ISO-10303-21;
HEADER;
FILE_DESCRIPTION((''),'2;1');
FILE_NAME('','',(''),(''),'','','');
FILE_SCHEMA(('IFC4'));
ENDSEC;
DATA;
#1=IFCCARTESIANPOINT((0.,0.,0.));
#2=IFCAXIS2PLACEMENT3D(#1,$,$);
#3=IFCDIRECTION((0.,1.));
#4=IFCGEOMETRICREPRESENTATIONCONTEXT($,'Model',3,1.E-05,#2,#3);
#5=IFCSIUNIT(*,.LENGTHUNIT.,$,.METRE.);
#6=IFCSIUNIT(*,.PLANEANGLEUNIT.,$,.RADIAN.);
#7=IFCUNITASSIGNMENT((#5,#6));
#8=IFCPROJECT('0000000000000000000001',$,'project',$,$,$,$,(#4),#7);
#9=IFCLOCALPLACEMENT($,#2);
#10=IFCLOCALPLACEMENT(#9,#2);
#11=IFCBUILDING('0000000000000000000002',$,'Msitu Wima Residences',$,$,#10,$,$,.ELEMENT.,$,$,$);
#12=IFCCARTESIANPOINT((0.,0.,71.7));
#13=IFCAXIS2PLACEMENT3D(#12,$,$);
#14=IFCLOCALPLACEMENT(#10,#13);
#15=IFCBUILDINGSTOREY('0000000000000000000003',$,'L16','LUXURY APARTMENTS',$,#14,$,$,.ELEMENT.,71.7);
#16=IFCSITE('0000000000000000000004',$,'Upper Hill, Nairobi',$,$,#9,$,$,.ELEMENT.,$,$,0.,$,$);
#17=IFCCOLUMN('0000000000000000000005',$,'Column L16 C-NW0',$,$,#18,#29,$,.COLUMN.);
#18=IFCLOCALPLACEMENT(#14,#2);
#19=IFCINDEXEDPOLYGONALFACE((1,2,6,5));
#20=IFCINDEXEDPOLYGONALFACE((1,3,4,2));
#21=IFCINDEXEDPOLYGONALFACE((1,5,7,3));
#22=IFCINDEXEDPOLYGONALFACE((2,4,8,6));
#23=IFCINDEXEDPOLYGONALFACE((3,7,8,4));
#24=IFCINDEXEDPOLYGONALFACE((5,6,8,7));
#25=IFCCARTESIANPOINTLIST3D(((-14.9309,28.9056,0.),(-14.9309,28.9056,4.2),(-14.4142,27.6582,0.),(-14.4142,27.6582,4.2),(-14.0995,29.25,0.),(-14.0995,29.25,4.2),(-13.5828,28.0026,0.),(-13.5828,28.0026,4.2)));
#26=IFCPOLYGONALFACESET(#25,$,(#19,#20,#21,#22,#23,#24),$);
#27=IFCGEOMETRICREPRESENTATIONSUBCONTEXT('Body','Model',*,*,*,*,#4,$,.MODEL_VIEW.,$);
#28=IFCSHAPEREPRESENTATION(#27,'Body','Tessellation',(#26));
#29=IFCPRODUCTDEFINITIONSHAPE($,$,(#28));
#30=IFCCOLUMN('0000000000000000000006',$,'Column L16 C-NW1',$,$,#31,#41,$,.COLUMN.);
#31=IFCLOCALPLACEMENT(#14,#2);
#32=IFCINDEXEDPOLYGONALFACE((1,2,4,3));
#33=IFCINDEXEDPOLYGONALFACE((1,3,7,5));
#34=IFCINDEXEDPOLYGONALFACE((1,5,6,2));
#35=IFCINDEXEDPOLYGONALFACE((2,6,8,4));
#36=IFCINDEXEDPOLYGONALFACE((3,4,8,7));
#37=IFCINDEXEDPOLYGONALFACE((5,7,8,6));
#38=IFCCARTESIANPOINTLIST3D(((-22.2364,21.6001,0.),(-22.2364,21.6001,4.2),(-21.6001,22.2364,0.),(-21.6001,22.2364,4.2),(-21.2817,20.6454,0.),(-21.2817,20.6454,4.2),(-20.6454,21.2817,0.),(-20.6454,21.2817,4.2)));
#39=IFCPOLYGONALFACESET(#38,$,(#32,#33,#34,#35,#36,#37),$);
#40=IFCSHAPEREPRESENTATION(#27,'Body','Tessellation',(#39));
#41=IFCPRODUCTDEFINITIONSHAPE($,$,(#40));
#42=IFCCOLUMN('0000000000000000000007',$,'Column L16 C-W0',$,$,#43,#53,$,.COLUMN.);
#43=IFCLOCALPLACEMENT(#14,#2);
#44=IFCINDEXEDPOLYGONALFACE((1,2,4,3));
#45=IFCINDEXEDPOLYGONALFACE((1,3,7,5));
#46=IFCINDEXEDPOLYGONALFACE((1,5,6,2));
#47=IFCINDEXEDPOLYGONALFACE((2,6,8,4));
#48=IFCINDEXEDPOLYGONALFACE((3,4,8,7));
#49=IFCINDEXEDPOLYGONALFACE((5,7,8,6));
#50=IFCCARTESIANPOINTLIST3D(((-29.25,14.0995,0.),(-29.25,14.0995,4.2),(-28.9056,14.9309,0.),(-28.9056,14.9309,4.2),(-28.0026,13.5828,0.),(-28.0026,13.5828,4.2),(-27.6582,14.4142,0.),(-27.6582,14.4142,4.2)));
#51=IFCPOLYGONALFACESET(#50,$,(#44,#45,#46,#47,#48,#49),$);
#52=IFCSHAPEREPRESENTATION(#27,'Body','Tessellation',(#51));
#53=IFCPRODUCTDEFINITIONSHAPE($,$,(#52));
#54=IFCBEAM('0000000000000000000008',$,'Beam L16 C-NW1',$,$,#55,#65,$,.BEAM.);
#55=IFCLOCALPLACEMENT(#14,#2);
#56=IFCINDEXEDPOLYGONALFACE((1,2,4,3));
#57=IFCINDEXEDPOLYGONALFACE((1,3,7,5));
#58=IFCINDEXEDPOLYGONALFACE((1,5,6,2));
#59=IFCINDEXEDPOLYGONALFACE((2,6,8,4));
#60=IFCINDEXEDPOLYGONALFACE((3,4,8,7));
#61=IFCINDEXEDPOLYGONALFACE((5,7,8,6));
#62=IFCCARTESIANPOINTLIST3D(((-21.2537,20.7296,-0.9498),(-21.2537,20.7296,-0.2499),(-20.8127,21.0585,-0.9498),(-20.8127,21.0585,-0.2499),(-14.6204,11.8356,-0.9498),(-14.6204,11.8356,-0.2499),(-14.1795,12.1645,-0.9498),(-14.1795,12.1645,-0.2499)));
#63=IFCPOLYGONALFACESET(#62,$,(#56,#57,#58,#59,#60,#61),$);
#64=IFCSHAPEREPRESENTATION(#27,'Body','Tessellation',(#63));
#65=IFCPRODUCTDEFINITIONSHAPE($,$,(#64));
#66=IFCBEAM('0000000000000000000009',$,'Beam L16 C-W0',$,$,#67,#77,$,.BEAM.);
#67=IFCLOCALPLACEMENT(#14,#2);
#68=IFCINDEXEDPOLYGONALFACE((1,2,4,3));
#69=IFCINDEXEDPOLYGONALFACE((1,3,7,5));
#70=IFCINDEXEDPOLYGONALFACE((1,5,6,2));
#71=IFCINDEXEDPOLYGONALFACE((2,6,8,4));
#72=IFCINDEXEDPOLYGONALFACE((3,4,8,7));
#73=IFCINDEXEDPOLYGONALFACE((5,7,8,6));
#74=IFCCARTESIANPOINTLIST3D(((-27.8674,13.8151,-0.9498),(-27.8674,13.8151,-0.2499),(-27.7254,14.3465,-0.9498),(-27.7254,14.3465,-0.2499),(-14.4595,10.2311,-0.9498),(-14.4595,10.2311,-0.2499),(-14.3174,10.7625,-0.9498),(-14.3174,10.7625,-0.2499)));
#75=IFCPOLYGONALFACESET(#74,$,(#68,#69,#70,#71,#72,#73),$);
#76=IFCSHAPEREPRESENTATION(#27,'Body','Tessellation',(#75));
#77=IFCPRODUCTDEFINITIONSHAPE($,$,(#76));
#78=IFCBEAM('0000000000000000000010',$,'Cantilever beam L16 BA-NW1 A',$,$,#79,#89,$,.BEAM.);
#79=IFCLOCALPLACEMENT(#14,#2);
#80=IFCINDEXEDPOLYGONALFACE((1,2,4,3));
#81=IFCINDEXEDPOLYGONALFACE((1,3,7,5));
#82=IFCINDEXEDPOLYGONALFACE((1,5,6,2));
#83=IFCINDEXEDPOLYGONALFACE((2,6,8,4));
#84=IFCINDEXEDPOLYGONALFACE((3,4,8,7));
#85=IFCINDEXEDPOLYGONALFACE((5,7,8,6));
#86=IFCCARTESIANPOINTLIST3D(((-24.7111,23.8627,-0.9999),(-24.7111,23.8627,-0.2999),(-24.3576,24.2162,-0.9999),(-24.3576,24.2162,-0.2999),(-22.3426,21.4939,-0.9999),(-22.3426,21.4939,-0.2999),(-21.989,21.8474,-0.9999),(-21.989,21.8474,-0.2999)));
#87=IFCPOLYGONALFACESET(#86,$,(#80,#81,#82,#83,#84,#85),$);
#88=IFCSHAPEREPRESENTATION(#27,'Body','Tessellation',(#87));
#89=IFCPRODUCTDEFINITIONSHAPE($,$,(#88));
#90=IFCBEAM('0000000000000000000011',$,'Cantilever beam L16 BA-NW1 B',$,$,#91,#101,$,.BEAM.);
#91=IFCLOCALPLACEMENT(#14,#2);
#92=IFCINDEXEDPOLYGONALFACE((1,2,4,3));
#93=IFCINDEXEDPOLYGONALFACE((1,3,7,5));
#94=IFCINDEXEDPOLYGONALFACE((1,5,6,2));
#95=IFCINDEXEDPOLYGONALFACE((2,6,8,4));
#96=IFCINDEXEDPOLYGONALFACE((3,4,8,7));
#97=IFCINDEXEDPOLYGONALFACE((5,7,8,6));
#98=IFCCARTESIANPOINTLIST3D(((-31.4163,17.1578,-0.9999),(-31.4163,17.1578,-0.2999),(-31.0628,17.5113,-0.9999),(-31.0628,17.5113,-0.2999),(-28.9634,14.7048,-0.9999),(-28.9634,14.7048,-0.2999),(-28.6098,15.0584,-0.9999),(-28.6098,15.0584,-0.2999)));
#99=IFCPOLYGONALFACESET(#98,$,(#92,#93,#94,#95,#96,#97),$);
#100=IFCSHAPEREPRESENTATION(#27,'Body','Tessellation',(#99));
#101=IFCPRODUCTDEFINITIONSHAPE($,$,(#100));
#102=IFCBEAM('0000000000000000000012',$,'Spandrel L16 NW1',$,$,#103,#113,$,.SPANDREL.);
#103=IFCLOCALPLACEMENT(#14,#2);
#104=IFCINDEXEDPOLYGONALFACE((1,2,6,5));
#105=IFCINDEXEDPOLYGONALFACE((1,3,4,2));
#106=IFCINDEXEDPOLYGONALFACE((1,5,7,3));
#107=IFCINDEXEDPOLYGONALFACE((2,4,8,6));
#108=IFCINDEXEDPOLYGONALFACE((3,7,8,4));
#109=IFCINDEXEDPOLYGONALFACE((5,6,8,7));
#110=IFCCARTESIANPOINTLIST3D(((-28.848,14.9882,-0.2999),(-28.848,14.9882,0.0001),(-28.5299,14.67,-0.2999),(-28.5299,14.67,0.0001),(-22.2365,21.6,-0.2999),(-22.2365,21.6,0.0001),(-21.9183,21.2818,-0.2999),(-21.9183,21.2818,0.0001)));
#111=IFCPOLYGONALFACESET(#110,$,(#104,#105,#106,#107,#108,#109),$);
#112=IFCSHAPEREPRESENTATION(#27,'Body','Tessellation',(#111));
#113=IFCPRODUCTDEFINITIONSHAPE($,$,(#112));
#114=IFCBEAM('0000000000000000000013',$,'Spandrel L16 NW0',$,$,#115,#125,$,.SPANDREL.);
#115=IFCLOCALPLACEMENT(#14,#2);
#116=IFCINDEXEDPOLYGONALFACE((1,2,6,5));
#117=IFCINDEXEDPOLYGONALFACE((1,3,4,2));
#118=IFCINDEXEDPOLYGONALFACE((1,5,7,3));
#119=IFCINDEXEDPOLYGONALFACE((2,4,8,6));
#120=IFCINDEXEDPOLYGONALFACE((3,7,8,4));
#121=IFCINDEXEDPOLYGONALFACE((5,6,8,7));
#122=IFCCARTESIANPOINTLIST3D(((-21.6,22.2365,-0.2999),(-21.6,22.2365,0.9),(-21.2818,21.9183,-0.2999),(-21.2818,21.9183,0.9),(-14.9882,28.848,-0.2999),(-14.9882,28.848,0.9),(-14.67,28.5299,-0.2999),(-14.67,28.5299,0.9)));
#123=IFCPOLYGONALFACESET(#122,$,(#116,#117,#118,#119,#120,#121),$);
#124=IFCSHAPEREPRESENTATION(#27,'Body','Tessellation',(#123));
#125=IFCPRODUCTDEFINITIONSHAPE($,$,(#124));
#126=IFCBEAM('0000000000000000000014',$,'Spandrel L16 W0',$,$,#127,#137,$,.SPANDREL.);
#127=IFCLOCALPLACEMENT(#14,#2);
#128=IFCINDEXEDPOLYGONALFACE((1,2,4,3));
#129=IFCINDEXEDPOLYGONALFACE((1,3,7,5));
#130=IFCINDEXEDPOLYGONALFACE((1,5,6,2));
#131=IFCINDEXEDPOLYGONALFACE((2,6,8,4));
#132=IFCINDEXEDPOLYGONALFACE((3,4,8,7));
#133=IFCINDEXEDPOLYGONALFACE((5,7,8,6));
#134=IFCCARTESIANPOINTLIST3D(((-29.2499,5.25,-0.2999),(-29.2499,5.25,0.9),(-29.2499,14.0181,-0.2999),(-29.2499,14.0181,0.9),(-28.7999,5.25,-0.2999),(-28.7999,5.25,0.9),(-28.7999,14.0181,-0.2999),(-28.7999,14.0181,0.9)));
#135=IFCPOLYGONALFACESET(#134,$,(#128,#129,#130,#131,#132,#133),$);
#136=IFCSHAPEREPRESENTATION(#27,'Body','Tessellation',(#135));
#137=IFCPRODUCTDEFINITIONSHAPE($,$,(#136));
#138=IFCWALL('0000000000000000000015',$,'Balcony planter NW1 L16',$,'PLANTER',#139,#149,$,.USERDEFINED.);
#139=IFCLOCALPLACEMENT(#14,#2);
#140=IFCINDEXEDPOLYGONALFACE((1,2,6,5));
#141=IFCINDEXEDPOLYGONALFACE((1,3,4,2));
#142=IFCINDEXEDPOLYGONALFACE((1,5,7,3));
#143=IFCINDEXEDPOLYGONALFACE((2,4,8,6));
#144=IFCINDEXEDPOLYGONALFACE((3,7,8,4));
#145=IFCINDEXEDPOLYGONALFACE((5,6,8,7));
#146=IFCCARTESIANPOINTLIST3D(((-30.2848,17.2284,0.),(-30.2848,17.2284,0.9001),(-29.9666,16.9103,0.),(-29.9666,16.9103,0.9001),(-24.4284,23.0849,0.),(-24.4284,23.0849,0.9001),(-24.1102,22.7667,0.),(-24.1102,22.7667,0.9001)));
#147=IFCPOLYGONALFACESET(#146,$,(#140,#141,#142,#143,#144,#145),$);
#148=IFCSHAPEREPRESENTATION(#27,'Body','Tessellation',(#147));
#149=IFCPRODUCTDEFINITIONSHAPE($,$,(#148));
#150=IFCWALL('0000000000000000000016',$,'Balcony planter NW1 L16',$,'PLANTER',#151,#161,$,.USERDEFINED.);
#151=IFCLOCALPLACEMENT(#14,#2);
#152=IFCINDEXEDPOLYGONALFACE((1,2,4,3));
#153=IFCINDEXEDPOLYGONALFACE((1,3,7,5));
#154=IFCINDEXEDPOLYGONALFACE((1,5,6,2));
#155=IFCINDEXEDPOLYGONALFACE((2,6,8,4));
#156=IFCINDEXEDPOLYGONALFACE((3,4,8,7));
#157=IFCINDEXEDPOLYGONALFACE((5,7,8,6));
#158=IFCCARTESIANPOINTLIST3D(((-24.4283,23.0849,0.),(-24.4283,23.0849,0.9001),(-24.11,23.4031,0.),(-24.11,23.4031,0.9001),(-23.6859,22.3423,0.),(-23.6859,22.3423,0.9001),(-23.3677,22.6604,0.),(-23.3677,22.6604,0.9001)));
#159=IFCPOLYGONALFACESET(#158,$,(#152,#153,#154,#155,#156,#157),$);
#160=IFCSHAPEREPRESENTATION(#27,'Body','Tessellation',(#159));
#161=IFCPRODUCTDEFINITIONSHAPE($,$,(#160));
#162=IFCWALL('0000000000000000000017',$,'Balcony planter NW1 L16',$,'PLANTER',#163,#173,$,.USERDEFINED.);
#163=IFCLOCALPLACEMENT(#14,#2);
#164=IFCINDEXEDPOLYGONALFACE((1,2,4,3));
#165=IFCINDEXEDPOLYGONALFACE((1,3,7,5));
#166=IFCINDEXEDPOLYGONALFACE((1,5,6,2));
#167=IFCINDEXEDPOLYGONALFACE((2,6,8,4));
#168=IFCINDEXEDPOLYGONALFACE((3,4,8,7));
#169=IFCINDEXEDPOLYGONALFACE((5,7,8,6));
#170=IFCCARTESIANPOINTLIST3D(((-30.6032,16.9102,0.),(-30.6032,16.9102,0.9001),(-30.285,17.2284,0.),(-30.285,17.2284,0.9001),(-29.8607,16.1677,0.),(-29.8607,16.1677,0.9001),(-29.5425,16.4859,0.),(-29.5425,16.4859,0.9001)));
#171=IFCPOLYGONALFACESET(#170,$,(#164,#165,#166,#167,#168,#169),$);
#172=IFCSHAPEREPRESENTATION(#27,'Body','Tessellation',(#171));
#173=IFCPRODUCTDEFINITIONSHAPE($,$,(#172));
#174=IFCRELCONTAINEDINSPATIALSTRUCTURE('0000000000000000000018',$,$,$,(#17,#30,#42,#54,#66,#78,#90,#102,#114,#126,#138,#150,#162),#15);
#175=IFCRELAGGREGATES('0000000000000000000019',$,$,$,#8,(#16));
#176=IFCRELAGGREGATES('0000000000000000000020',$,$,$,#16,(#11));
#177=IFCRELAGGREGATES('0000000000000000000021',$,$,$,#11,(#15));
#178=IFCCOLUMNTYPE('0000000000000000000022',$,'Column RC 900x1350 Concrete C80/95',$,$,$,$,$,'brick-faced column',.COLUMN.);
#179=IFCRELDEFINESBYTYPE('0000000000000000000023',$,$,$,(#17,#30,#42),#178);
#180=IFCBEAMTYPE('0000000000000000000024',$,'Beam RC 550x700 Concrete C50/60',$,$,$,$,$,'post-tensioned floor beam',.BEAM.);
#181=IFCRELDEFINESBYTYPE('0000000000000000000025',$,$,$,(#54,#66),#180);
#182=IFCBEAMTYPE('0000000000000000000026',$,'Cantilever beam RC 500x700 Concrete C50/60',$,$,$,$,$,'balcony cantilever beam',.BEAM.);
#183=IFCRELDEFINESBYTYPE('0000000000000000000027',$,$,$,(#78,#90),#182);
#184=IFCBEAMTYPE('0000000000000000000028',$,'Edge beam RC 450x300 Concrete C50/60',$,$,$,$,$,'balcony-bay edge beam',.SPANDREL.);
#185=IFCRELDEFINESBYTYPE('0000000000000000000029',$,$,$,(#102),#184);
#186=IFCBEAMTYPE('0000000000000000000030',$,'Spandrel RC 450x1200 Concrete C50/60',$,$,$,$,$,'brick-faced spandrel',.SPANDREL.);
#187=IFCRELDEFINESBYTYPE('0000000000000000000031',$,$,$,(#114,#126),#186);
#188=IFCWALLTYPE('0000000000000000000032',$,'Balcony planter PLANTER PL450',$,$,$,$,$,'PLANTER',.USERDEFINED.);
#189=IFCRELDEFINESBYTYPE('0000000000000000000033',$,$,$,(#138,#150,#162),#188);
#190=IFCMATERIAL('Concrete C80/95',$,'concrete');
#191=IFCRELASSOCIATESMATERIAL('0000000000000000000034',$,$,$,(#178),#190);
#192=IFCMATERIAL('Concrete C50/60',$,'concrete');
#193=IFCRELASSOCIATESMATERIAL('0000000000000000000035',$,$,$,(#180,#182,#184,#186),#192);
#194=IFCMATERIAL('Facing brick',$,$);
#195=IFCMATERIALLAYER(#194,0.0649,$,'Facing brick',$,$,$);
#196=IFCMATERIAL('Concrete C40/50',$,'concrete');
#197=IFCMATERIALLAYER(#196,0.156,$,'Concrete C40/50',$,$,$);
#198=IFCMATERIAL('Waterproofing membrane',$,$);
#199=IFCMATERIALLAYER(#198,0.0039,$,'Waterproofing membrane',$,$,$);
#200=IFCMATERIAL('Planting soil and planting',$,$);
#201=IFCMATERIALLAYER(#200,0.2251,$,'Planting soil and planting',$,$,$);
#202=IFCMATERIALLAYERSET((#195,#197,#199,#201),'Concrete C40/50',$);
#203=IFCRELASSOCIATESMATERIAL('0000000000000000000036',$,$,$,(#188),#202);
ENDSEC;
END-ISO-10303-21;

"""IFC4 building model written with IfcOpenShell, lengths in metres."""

from ifc_helpers import new_model, si_unit, direction, frame, frame_2d, origin, origin_2d, place, context, subcontext, project, spatial, rectangle, extrude, material, layer, layer_set, material_profile, profile_set, type_object, element, save


model = new_model("IFC4")

# Units and contexts
model_context = context("Model", 3, precision=1e-05, world=origin(), true_north=direction((0.0, 1.0)))
body_context = subcontext(model_context, "Body", "Model", "MODEL_VIEW")
ifc_project = project(units=[si_unit("LENGTHUNIT", "METRE"), si_unit("PLANEANGLEUNIT", "RADIAN")], contexts=[model_context])

# Site, building, storey
site_placement = place(None, origin())
site = spatial("IfcSite", under=ifc_project, at=site_placement, Name="Upper Hill, Nairobi", CompositionType="ELEMENT", RefElevation=0.0)
building_placement = place(site_placement, origin())
building = spatial("IfcBuilding", under=site, at=building_placement, Name="Msitu Wima Residences", CompositionType="ELEMENT")
storey_placement = place(building_placement, frame((0.0, 0.0, 71.7)))
storey = spatial("IfcBuildingStorey", under=building, at=storey_placement, Name="L16", Description="LUXURY APARTMENTS", CompositionType="ELEMENT", Elevation=71.7)

# Columns
ifc_material_1 = material(Name="Concrete C80/95", Category="concrete")
ifc_material_profile_1 = material_profile(ifc_material_1, rectangle(XDim=0.8999, YDim=1.3501, at=origin_2d()), Name="RC 900x1350")
ifc_profile_set_1 = profile_set([ifc_material_profile_1], Name="Concrete C80/95")
column_type = type_object("IfcColumnType", Name="Column RC 900x1350 Concrete C80/95", ElementType="brick-faced column", PredefinedType="COLUMN", material=ifc_profile_set_1)
for number, where, z_axis, x_axis, name in (
    (1, (-14.2568, 28.4541, 0.0), (0.0, 0.0, 1.0), (-0.92388, -0.382683, 0.0), "Column L16 C-NW0"),
    (2, (-21.4409, 21.4409, 0.0), (0.0, 0.0, 1.0), (-0.707107, -0.707107, 0.0), "Column L16 C-NW1"),
    (3, (-28.4541, 14.2568, 0.0), (0.0, 0.0, 1.0), (-0.382683, -0.92388, 0.0), "Column L16 C-W0"),
):
    element("IfcColumn", number, at=place(storey_placement, frame(where, z_axis=z_axis, x_axis=x_axis)), inside=storey, type_object=column_type, Name=name, PredefinedType="COLUMN", context=body_context, shape_type="SweptSolid", body=[
        extrude(rectangle(XDim=0.8999, YDim=1.3501, at=origin_2d()), origin(), (0.0, 0.0, 1.0), 4.2),
    ])

# Beams
ifc_material_2 = material(Name="Concrete C50/60", Category="concrete")
ifc_material_profile_2 = material_profile(ifc_material_2, rectangle(XDim=0.55, YDim=0.7, at=origin_2d()), Name="RC 550x700")
ifc_profile_set_2 = profile_set([ifc_material_profile_2], Name="Concrete C50/60")
beam_type_1 = type_object("IfcBeamType", Name="Beam RC 550x700 Concrete C50/60", ElementType="post-tensioned floor beam", PredefinedType="BEAM", material=ifc_profile_set_2)
beam_1_placement = place(storey_placement, frame((-21.0332, 20.894, -0.5999), z_axis=(0.59785, -0.801608, 0.0), x_axis=(0.801608, 0.59785, 0.0)))
element("IfcBeam", 4, at=beam_1_placement, inside=storey, type_object=beam_type_1, Name="Beam L16 C-NW1", PredefinedType="BEAM", context=body_context, shape_type="SweptSolid", body=[
    extrude(rectangle(XDim=0.55, YDim=0.7, at=origin_2d()), origin(), (0.0, 0.0, 1.0), 11.0952),
])
beam_2_placement = place(storey_placement, frame((-27.7964, 14.0808, -0.5999), z_axis=(0.966082, -0.258236, 0.0), x_axis=(0.258236, 0.966082, 0.0)))
element("IfcBeam", 5, at=beam_2_placement, inside=storey, type_object=beam_type_1, Name="Beam L16 C-W0", PredefinedType="BEAM", context=body_context, shape_type="SweptSolid", body=[
    extrude(rectangle(XDim=0.55, YDim=0.7, at=origin_2d()), origin(), (0.0, 0.0, 1.0), 13.8787),
])
ifc_material_profile_3 = material_profile(ifc_material_2, rectangle(XDim=0.5, YDim=0.7, at=origin_2d()), Name="RC 500x700")
ifc_profile_set_3 = profile_set([ifc_material_profile_3], Name="Concrete C50/60")
beam_type_2 = type_object("IfcBeamType", Name="Cantilever beam RC 500x700 Concrete C50/60", ElementType="balcony cantilever beam", PredefinedType="BEAM", material=ifc_profile_set_3)
beam_3_placement = place(storey_placement, frame((-22.1658, 21.6707, -0.6499), z_axis=(-0.70707, 0.707143, 0.0), x_axis=(-0.707143, -0.70707, 0.0)))
element("IfcBeam", 6, at=beam_3_placement, inside=storey, type_object=beam_type_2, Name="Cantilever beam L16 BA-NW1 A", PredefinedType="BEAM", context=body_context, shape_type="SweptSolid", body=[
    extrude(rectangle(XDim=0.5, YDim=0.7, at=origin_2d()), origin(), (0.0, 0.0, 1.0), 3.3499),
])
beam_4_placement = place(storey_placement, frame((-28.7866, 14.8816, -0.6499), z_axis=(-0.707107, 0.707107, 0.0), x_axis=(-0.707107, -0.707107, 0.0)))
element("IfcBeam", 7, at=beam_4_placement, inside=storey, type_object=beam_type_2, Name="Cantilever beam L16 BA-NW1 B", PredefinedType="BEAM", context=body_context, shape_type="SweptSolid", body=[
    extrude(rectangle(XDim=0.5, YDim=0.7, at=origin_2d()), origin(), (0.0, 0.0, 1.0), 3.469),
])
ifc_material_profile_4 = material_profile(ifc_material_2, rectangle(XDim=0.45, YDim=0.3, at=origin_2d()), Name="RC 450x300")
ifc_profile_set_4 = profile_set([ifc_material_profile_4], Name="Concrete C50/60")
beam_type_3 = type_object("IfcBeamType", Name="Edge beam RC 450x300 Concrete C50/60", ElementType="balcony-bay edge beam", PredefinedType="SPANDREL", material=ifc_profile_set_4)
beam_5_placement = place(storey_placement, frame((-22.0774, 21.4409, -0.1499), z_axis=(-0.707094, -0.70712, 0.0), x_axis=(0.70712, -0.707094, 0.0)))
element("IfcBeam", 8, at=beam_5_placement, inside=storey, type_object=beam_type_3, Name="Spandrel L16 NW1", PredefinedType="SPANDREL", context=body_context, shape_type="SweptSolid", body=[
    extrude(rectangle(XDim=0.45, YDim=0.3, at=origin_2d()), origin(), (0.0, 0.0, 1.0), 9.3503),
])
ifc_material_profile_5 = material_profile(ifc_material_2, rectangle(XDim=0.45, YDim=1.2, at=origin_2d()), Name="RC 450x1200")
ifc_profile_set_5 = profile_set([ifc_material_profile_5], Name="Concrete C50/60")
beam_type_4 = type_object("IfcBeamType", Name="Spandrel RC 450x1200 Concrete C50/60", ElementType="brick-faced spandrel", PredefinedType="SPANDREL", material=ifc_profile_set_5)
beam_6_placement = place(storey_placement, frame((-14.8291, 28.689, 0.3), z_axis=(-0.70712, -0.707094, 0.0), x_axis=(0.707094, -0.70712, 0.0)))
element("IfcBeam", 9, at=beam_6_placement, inside=storey, type_object=beam_type_4, Name="Spandrel L16 NW0", PredefinedType="SPANDREL", context=body_context, shape_type="SweptSolid", body=[
    extrude(rectangle(XDim=0.45, YDim=1.2, at=origin_2d()), origin(), (0.0, 0.0, 1.0), 9.3503),
])
beam_7_placement = place(storey_placement, frame((-29.0249, 14.0181, 0.3), z_axis=(0.0, -1.0, 0.0), x_axis=(1.0, 0.0, 0.0)))
element("IfcBeam", 10, at=beam_7_placement, inside=storey, type_object=beam_type_4, Name="Spandrel L16 W0", PredefinedType="SPANDREL", context=body_context, shape_type="SweptSolid", body=[
    extrude(rectangle(XDim=0.45, YDim=1.2, at=origin_2d()), origin(), (0.0, 0.0, 1.0), 8.7681),
])

# Walls
ifc_material_3 = material(Name="Facing brick")
ifc_layer_1 = layer(ifc_material_3, 0.0649, Name="Facing brick")
ifc_material_4 = material(Name="Concrete C40/50", Category="concrete")
ifc_layer_2 = layer(ifc_material_4, 0.156, Name="Concrete C40/50")
ifc_material_5 = material(Name="Waterproofing membrane")
ifc_layer_3 = layer(ifc_material_5, 0.0039, Name="Waterproofing membrane")
ifc_material_6 = material(Name="Planting soil and planting")
ifc_layer_4 = layer(ifc_material_6, 0.2251, Name="Planting soil and planting")
ifc_layer_set_1 = layer_set([ifc_layer_1, ifc_layer_2, ifc_layer_3, ifc_layer_4], Name="Concrete C40/50")
wall_type_1 = type_object("IfcWallType", Name="Balcony planter PLANTER PL450", ElementType="PLANTER", PredefinedType="USERDEFINED", material=ifc_layer_set_1)
wall_1_placement = place(storey_placement, frame((-24.2693, 22.9258, 0.0), z_axis=(0.0, 0.0, 1.0), x_axis=(-0.707107, -0.707107, 0.0)))
element("IfcWall", 11, at=wall_1_placement, inside=storey, type_object=wall_type_1, Name="Balcony planter NW1 L16", ObjectType="PLANTER", PredefinedType="USERDEFINED", context=body_context, shape_type="SweptSolid", body=[
    extrude(rectangle(XDim=8.2822, YDim=0.45, at=frame_2d((4.1411, 0.0))), origin(), (0.0, 0.0, 1.0), 0.9001),
])
for number, where, z_axis, x_axis, name in (
    (12, (-23.5269, 22.5015, 0.0), (0.0, 0.0, 1.0), (-0.706991, 0.707223, 0.0), "Balcony planter NW1 L16"),
    (13, (-29.7017, 16.3269, 0.0), (0.0, 0.0, 1.0), (-0.707107, 0.707107, 0.0), "Balcony planter NW1 L16"),
):
    element("IfcWall", number, at=place(storey_placement, frame(where, z_axis=z_axis, x_axis=x_axis)), inside=storey, type_object=wall_type_1, Name=name, ObjectType="PLANTER", PredefinedType="USERDEFINED", context=body_context, shape_type="SweptSolid", body=[
        extrude(rectangle(XDim=1.05, YDim=0.45, at=frame_2d((0.5249, 0.0))), origin(), (0.0, 0.0, 1.0), 0.9001),
    ])

save(model, "model.ifc")
